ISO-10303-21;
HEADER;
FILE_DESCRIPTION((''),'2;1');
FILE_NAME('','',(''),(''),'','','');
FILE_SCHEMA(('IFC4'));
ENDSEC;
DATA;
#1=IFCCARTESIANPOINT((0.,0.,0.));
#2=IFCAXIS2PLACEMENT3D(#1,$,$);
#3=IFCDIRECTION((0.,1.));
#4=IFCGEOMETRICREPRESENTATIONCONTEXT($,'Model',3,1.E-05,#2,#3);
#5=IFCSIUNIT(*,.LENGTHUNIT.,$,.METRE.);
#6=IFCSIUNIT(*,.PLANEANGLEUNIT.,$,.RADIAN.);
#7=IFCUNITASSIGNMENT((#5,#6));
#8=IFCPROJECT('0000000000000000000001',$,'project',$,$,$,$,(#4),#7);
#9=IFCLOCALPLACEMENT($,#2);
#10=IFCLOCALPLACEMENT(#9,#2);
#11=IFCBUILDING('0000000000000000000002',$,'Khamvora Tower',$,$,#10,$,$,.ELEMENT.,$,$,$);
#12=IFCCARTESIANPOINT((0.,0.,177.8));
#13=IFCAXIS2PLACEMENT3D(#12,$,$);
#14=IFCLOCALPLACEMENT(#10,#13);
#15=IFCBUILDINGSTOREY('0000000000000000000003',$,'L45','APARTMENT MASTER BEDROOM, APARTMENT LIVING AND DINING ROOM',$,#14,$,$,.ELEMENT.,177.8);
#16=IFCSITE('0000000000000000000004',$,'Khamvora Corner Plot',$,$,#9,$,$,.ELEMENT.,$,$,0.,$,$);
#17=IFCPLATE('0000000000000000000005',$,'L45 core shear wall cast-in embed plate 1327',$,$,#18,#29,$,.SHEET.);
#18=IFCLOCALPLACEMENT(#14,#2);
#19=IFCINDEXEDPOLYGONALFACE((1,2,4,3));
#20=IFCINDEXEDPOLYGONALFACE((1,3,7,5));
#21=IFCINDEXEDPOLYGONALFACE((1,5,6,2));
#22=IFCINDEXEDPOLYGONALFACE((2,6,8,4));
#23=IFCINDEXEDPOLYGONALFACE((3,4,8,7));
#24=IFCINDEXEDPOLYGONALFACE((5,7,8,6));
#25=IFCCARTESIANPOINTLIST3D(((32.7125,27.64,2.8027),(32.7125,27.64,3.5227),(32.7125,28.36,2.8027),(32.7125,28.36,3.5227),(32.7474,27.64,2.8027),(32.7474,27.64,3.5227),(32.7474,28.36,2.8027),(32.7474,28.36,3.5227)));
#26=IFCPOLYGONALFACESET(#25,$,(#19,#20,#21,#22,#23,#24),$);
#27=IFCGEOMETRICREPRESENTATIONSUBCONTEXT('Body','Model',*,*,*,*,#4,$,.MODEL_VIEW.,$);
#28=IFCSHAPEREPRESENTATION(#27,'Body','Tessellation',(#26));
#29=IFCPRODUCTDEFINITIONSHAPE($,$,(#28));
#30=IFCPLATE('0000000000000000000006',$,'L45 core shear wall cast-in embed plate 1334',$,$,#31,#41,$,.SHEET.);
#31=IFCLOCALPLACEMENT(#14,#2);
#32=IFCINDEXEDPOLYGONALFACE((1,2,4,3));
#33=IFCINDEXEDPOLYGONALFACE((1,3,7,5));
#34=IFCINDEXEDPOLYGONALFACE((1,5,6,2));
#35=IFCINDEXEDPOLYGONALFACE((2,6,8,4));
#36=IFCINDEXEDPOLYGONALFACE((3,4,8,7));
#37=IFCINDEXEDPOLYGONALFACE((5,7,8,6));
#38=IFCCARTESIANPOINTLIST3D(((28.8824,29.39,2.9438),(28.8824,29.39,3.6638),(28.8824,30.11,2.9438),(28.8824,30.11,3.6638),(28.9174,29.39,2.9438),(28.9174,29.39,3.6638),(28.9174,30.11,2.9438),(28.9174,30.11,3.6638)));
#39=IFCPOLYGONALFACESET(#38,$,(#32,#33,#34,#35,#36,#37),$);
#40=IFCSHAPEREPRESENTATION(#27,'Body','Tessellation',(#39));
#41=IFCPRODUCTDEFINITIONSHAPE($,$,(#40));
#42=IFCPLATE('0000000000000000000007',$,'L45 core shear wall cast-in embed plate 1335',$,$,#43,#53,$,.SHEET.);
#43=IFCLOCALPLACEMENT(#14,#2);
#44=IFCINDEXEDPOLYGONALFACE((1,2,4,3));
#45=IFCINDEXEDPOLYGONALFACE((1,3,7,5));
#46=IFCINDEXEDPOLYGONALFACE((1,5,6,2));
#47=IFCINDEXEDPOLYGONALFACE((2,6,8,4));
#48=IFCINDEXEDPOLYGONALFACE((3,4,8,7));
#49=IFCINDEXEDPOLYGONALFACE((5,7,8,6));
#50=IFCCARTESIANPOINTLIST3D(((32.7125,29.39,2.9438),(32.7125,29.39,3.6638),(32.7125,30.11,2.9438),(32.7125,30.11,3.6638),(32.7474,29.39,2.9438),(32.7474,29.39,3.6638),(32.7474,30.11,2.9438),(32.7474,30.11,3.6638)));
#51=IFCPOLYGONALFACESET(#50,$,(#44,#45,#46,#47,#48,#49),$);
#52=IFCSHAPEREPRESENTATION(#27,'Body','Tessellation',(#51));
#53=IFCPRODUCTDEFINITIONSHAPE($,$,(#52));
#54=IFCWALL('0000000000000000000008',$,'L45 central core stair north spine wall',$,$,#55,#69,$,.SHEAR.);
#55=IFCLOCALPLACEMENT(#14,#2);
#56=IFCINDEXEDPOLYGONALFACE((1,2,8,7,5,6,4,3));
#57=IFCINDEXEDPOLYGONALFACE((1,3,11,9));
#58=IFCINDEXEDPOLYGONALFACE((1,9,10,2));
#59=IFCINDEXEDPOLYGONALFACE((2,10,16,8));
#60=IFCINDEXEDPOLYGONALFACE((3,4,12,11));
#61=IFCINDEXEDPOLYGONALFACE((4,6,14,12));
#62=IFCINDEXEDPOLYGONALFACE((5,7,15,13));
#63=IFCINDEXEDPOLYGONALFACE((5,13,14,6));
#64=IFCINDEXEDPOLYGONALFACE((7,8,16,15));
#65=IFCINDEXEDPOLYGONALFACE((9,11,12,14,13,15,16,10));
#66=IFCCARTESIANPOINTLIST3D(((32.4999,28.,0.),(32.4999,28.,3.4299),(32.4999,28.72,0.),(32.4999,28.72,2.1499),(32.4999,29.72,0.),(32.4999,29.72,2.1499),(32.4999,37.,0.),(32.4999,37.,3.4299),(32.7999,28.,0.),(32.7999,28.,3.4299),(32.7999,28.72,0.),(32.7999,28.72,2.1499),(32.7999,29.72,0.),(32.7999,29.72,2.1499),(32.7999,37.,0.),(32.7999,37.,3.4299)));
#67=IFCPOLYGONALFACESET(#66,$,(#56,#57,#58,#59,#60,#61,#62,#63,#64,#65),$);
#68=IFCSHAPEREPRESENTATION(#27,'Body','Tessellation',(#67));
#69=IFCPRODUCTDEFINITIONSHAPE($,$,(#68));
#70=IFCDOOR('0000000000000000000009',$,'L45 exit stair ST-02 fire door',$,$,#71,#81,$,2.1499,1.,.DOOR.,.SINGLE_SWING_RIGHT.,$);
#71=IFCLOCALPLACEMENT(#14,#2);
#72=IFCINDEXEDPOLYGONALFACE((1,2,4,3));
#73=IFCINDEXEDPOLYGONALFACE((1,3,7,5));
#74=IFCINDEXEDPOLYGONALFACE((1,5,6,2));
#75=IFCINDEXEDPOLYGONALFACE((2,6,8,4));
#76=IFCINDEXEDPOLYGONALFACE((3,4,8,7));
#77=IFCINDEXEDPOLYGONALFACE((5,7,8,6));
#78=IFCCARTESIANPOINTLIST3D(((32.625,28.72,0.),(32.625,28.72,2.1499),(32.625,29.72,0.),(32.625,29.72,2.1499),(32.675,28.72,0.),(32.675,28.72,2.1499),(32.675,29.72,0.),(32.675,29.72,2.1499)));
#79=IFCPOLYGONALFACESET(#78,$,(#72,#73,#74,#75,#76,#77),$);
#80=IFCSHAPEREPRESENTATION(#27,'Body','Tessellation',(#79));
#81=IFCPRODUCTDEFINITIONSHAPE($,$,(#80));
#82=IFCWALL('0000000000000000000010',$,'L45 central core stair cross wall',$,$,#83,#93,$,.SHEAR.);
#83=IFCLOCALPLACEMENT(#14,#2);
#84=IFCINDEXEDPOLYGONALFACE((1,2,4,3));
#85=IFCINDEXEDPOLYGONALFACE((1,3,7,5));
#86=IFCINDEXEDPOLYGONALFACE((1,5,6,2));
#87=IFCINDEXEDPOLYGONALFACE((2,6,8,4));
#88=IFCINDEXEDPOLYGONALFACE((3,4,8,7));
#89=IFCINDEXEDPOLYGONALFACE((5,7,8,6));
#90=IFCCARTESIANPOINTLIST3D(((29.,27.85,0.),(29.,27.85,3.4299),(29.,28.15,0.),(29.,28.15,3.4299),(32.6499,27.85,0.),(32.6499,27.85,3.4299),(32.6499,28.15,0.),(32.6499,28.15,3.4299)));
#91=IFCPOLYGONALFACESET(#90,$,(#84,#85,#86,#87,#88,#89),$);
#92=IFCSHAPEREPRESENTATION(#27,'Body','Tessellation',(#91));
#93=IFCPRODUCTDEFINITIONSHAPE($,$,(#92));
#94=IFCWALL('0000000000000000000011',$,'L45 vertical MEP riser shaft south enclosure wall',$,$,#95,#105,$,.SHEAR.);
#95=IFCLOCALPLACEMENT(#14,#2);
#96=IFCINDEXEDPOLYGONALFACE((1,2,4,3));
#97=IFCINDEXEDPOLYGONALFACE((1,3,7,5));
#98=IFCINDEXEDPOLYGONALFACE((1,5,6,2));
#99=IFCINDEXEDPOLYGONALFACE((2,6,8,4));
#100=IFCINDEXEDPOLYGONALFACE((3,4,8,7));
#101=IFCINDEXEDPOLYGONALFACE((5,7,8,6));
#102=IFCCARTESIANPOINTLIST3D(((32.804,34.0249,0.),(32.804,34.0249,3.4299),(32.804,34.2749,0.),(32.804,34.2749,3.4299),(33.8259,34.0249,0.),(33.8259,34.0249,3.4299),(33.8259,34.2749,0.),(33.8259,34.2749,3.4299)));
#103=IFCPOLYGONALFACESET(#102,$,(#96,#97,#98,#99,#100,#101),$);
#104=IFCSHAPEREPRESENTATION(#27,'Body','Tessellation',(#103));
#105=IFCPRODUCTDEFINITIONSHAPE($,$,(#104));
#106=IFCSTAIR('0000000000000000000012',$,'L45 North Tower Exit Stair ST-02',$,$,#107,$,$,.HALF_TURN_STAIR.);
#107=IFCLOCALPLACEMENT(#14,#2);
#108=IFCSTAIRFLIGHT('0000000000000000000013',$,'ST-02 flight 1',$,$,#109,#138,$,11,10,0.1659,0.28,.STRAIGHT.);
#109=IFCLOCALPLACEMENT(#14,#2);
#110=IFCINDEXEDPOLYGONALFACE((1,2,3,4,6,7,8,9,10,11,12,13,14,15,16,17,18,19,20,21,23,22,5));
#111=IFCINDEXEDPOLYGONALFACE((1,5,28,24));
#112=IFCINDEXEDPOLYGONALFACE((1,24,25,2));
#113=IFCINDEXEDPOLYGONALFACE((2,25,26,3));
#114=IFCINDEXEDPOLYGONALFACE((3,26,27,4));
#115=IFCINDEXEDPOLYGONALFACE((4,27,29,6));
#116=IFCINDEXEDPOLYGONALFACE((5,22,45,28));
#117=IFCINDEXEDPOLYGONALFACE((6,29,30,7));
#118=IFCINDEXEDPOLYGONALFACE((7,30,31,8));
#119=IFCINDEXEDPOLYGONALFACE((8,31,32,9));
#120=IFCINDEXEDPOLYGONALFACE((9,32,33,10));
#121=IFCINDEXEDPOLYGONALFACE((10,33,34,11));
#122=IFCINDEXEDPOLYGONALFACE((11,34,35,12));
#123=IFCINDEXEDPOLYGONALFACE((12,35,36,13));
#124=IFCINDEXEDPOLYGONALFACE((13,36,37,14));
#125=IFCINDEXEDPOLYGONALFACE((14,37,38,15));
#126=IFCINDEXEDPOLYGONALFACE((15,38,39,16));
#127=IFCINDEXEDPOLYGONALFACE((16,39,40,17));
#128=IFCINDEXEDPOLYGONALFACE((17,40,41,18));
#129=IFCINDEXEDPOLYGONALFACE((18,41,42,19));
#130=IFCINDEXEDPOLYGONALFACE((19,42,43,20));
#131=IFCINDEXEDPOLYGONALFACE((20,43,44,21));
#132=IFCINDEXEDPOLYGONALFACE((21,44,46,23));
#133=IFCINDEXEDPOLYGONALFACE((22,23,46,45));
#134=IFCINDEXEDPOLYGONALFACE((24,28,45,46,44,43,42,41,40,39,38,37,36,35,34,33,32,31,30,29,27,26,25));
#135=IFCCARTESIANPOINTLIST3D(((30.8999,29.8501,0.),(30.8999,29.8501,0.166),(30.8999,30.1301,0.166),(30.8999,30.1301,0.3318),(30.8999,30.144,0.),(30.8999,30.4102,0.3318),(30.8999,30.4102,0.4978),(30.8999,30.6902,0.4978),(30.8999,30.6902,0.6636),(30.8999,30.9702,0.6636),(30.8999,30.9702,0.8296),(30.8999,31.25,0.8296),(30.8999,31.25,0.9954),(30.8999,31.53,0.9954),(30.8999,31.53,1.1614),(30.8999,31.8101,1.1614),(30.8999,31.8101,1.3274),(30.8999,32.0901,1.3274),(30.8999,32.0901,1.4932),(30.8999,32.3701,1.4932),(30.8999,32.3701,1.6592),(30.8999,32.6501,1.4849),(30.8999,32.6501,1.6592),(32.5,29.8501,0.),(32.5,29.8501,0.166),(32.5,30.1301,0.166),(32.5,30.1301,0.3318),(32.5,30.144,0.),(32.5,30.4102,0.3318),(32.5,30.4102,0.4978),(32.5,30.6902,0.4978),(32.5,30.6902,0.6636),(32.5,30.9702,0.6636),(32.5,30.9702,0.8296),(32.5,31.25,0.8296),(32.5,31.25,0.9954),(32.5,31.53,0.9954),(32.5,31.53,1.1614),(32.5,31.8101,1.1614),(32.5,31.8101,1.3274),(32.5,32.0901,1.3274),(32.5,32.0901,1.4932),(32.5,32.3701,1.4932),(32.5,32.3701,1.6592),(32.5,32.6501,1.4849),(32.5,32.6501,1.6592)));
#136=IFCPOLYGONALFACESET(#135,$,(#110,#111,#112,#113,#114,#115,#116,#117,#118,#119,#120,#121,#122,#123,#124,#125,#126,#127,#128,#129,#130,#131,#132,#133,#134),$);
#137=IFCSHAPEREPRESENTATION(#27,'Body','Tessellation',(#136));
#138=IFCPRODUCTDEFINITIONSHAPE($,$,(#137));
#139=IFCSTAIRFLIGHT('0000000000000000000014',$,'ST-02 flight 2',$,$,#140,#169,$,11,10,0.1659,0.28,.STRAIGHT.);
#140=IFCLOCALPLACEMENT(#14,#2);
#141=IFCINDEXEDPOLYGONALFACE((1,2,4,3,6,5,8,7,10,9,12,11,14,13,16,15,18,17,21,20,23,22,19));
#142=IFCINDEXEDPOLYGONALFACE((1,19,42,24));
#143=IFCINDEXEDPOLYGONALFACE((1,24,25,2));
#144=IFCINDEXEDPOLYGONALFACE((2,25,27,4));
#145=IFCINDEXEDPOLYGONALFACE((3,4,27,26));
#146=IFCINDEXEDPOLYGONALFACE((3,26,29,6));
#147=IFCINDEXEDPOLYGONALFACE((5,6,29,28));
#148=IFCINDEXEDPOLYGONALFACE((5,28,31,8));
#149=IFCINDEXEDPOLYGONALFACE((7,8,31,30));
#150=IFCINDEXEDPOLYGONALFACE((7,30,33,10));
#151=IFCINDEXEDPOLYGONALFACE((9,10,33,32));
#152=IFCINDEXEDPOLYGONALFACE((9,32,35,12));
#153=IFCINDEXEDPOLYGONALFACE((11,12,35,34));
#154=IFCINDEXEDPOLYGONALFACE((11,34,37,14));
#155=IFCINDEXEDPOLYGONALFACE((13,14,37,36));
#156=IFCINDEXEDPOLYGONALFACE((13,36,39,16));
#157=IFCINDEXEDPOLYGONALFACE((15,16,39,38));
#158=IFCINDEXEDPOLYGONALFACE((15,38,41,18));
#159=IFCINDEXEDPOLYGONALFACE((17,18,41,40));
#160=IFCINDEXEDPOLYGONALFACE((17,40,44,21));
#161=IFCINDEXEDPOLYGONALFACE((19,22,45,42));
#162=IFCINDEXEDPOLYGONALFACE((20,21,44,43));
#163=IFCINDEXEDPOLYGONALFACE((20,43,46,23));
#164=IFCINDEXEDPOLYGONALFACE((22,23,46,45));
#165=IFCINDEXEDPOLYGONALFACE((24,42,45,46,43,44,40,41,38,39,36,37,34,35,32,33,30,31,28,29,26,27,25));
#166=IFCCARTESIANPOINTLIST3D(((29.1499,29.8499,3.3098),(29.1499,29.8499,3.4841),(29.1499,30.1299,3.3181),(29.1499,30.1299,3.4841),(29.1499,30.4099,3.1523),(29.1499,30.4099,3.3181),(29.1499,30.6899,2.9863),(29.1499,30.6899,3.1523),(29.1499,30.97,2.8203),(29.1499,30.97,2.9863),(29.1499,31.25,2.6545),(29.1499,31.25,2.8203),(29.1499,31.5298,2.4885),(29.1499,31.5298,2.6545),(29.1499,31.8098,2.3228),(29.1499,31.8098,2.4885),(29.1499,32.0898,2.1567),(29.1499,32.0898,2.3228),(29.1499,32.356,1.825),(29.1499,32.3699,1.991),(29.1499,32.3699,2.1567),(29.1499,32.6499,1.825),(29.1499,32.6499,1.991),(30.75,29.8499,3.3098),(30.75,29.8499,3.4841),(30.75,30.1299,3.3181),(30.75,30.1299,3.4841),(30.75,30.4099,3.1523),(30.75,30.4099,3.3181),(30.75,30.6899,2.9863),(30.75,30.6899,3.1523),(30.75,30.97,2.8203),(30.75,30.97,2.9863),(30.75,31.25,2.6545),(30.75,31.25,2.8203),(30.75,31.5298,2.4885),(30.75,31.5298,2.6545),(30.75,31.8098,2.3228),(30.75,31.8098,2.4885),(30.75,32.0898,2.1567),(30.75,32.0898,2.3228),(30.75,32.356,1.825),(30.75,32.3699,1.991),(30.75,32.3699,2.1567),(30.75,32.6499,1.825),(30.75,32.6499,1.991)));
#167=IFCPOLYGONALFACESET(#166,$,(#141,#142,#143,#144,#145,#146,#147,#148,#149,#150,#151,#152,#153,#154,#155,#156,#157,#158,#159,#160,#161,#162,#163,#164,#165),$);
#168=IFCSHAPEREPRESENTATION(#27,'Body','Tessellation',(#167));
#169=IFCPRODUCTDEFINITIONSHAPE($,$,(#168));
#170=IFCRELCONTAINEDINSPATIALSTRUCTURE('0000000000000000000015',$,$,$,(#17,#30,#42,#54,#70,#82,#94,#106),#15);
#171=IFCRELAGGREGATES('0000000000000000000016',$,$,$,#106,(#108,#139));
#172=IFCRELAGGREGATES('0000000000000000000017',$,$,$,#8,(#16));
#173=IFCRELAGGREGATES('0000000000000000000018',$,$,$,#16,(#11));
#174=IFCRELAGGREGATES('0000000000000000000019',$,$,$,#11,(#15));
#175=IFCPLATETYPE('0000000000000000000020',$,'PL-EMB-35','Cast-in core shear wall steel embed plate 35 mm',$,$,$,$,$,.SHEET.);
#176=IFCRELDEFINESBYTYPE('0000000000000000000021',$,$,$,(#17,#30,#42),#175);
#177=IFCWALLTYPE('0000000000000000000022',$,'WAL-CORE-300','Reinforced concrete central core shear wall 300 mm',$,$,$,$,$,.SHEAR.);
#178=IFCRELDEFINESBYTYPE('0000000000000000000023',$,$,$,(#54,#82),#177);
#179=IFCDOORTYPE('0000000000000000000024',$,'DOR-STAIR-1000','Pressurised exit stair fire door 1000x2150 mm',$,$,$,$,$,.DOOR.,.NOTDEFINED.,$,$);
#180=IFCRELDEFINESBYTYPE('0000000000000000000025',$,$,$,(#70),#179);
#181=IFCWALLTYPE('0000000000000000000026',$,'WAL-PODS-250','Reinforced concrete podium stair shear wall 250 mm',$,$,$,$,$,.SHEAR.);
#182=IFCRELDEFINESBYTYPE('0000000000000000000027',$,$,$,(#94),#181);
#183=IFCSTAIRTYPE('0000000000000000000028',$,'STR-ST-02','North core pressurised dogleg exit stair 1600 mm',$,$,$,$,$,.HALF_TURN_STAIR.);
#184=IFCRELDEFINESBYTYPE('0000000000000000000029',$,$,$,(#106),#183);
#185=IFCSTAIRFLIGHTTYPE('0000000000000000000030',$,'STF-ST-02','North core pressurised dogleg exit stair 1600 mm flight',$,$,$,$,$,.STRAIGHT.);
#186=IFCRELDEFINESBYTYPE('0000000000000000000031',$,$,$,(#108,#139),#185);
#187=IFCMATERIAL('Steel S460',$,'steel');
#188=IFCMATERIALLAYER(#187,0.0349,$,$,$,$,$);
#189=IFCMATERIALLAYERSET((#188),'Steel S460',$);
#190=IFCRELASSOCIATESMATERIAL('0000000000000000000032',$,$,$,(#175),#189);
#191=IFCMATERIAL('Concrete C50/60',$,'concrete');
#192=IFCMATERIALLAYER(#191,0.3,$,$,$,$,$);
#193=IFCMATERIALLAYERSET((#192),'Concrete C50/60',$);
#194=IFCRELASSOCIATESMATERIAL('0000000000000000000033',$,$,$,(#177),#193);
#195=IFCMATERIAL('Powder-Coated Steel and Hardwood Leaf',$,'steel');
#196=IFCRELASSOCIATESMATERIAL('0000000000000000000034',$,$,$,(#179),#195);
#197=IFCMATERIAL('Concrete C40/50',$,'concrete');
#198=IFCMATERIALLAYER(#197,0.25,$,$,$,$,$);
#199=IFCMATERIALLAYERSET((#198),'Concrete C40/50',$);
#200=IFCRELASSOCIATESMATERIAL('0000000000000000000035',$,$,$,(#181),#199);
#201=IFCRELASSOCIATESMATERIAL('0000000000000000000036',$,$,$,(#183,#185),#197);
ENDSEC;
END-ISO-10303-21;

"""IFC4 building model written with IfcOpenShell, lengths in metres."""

from ifc_helpers import new_model, si_unit, direction, frame, frame_2d, origin, origin_2d, place, context, subcontext, project, spatial, polyline, rectangle, outline, extrude, material, layer, layer_set, type_object, element, fill, aggregate, save


model = new_model("IFC4")

# Units and contexts
model_context = context("Model", 3, precision=1e-05, world=origin(), true_north=direction((0.0, 1.0)))
body_context = subcontext(model_context, "Body", "Model", "MODEL_VIEW")
ifc_project = project(units=[si_unit("LENGTHUNIT", "METRE"), si_unit("PLANEANGLEUNIT", "RADIAN")], contexts=[model_context])

# Site, building, storey
site_placement = place(None, origin())
site = spatial("IfcSite", under=ifc_project, at=site_placement, Name="Khamvora Corner Plot", CompositionType="ELEMENT", RefElevation=0.0)
building_placement = place(site_placement, origin())
building = spatial("IfcBuilding", under=site, at=building_placement, Name="Khamvora Tower", CompositionType="ELEMENT")
storey_placement = place(building_placement, frame((0.0, 0.0, 177.8)))
storey = spatial("IfcBuildingStorey", under=building, at=storey_placement, Name="L45", Description="APARTMENT MASTER BEDROOM, APARTMENT LIVING AND DINING ROOM", CompositionType="ELEMENT", Elevation=177.8)

# Shared definitions
ifc_material_1 = material(Name="Steel S460", Category="steel")

# Plates
ifc_layer_1 = layer(ifc_material_1, 0.0349)
ifc_layer_set_1 = layer_set([ifc_layer_1], Name="Steel S460")
plate_type = type_object("IfcPlateType", Name="PL-EMB-35", Description="Cast-in core shear wall steel embed plate 35 mm", PredefinedType="SHEET", material=ifc_layer_set_1)
for number, where, z_axis, x_axis, name in (
    (1, (32.73, 28.0, 2.8027), (0.0, 0.0, 1.0), (1.0, 0.0, 0.0), "L45 core shear wall cast-in embed plate 1327"),
    (2, (28.8999, 29.75, 2.9438), (0.0, 0.0, 1.0), (1.0, 0.0, 0.0), "L45 core shear wall cast-in embed plate 1334"),
    (3, (32.73, 29.75, 2.9438), (0.0, 0.0, 1.0), (1.0, 0.0, 0.0), "L45 core shear wall cast-in embed plate 1335"),
):
    element("IfcPlate", number, at=place(storey_placement, frame(where, z_axis=z_axis, x_axis=x_axis)), inside=storey, type_object=plate_type, Name=name, PredefinedType="SHEET", context=body_context, shape_type="SweptSolid", body=[
        extrude(rectangle(XDim=0.0349, YDim=0.72, at=origin_2d()), origin(), (0.0, 0.0, 1.0), 0.72),
    ])

# Wall, opening, door
ifc_material_2 = material(Name="Concrete C50/60", Category="concrete")
ifc_layer_2 = layer(ifc_material_2, 0.3)
ifc_layer_set_2 = layer_set([ifc_layer_2], Name="Concrete C50/60")
wall_type_1 = type_object("IfcWallType", Name="WAL-CORE-300", Description="Reinforced concrete central core shear wall 300 mm", PredefinedType="SHEAR", material=ifc_layer_set_2)
wall_1_placement = place(storey_placement, frame((32.6499, 28.0, 0.0), z_axis=(0.0, 0.0, 1.0), x_axis=(0.0, 1.0, 0.0)))
wall_1 = element("IfcWall", 4, at=wall_1_placement, inside=storey, type_object=wall_type_1, Name="L45 central core stair north spine wall", PredefinedType="SHEAR", context=body_context, shape_type="SweptSolid", body=[
    extrude(rectangle(XDim=9.0, YDim=0.3, at=frame_2d((4.5, 0.0))), origin(), (0.0, 0.0, 1.0), 3.4299),
])
opening_placement = place(wall_1_placement, frame((0.72, 0.0, 0.0)))
opening = element("IfcOpeningElement", 5, at=opening_placement, cuts=wall_1, PredefinedType="OPENING", context=body_context, shape_type="SweptSolid", body=[
    extrude(rectangle(XDim=1.0, YDim=2.1499, at=frame_2d((0.5, 1.075))), frame((0.0, 0.1599, 0.0), z_axis=(0.0, -1.0, 0.0), x_axis=(1.0, 0.0, 0.0)), (0.0, 0.0, 1.0), 0.3201),
])
ifc_material_3 = material(Name="Powder-Coated Steel and Hardwood Leaf", Category="steel")
door_type = type_object("IfcDoorType", Name="DOR-STAIR-1000", Description="Pressurised exit stair fire door 1000x2150 mm", OperationType="NOTDEFINED", PredefinedType="DOOR", material=ifc_material_3)
door_placement = place(opening_placement, origin())
door = element("IfcDoor", 6, at=door_placement, inside=storey, type_object=door_type, Name="L45 exit stair ST-02 fire door", OperationType="SINGLE_SWING_RIGHT", OverallHeight=2.1499, OverallWidth=1.0, PredefinedType="DOOR", context=body_context, shape_type="SweptSolid", body=[
    extrude(rectangle(XDim=1.0, YDim=2.1499, at=frame_2d((0.5, 1.075))), frame((0.0, 0.0249, 0.0), z_axis=(0.0, -1.0, 0.0), x_axis=(1.0, 0.0, 0.0)), (0.0, 0.0, 1.0), 0.05),
])
fill(opening, door)

# Walls
wall_2_placement = place(storey_placement, frame((29.0, 28.0, 0.0), z_axis=(0.0, 0.0, 1.0), x_axis=(1.0, 0.0, 0.0)))
element("IfcWall", 7, at=wall_2_placement, inside=storey, type_object=wall_type_1, Name="L45 central core stair cross wall", PredefinedType="SHEAR", context=body_context, shape_type="SweptSolid", body=[
    extrude(rectangle(XDim=3.6499, YDim=0.3, at=frame_2d((1.825, 0.0))), origin(), (0.0, 0.0, 1.0), 3.4299),
])
ifc_material_4 = material(Name="Concrete C40/50", Category="concrete")
ifc_layer_3 = layer(ifc_material_4, 0.25)
ifc_layer_set_3 = layer_set([ifc_layer_3], Name="Concrete C40/50")
wall_type_2 = type_object("IfcWallType", Name="WAL-PODS-250", Description="Reinforced concrete podium stair shear wall 250 mm", PredefinedType="SHEAR", material=ifc_layer_set_3)
wall_3_placement = place(storey_placement, frame((32.804, 34.1499, 0.0), z_axis=(0.0, 0.0, 1.0), x_axis=(1.0, 0.0, 0.0)))
element("IfcWall", 8, at=wall_3_placement, inside=storey, type_object=wall_type_2, Name="L45 vertical MEP riser shaft south enclosure wall", PredefinedType="SHEAR", context=body_context, shape_type="SweptSolid", body=[
    extrude(rectangle(XDim=1.022, YDim=0.25, at=frame_2d((0.511, 0.0))), origin(), (0.0, 0.0, 1.0), 3.4299),
])

# Stair, stair flights
stair_type = type_object("IfcStairType", Name="STR-ST-02", Description="North core pressurised dogleg exit stair 1600 mm", PredefinedType="HALF_TURN_STAIR", material=ifc_material_4)
stair_placement = place(storey_placement, origin())
stair = element("IfcStair", 9, at=stair_placement, inside=storey, type_object=stair_type, Name="L45 North Tower Exit Stair ST-02", PredefinedType="HALF_TURN_STAIR")
stair_flight_type = type_object("IfcStairFlightType", Name="STF-ST-02", Description="North core pressurised dogleg exit stair 1600 mm flight", PredefinedType="STRAIGHT", material=ifc_material_4)
stair_flight_1_placement = place(storey_placement, frame((31.7, 29.8501, 0.0), z_axis=(0.0, 0.0, 1.0), x_axis=(0.0, 1.0, 0.0)))
stair_flight_1 = element("IfcStairFlight", 10, at=stair_flight_1_placement, type_object=stair_flight_type, Name="ST-02 flight 1", NumberOfRisers=11, NumberOfTreads=10, PredefinedType="STRAIGHT", RiserHeight=0.1659, TreadLength=0.28, context=body_context, shape_type="SweptSolid", body=[
    extrude(outline(polyline([(0.0, 0.0), (0.0, 0.166), (0.28, 0.166), (0.28, 0.3318), (0.5601, 0.3318), (0.5601, 0.4978), (0.8401, 0.4978), (0.8401, 0.6636), (1.1201, 0.6636), (1.1201, 0.8296), (1.3999, 0.8296), (1.3999, 0.9954), (1.6799, 0.9954), (1.6799, 1.1614), (1.96, 1.1614), (1.96, 1.3274), (2.24, 1.3274), (2.24, 1.4932), (2.52, 1.4932), (2.52, 1.6592), (2.8, 1.6592), (2.8, 1.825), (2.8, 1.4849), (0.2939, 0.0), (0.0, 0.0)])), frame((0.0, 0.8, 0.0), z_axis=(0.0, -1.0, 0.0), x_axis=(1.0, 0.0, 0.0)), (0.0, 0.0, 1.0), 1.6001),
])
stair_flight_2_placement = place(storey_placement, frame((29.95, 32.6499, 1.825), z_axis=(0.0, 0.0, 1.0), x_axis=(0.0, -1.0, 0.0)))
stair_flight_2 = element("IfcStairFlight", 11, at=stair_flight_2_placement, type_object=stair_flight_type, Name="ST-02 flight 2", NumberOfRisers=11, NumberOfTreads=10, PredefinedType="STRAIGHT", RiserHeight=0.1659, TreadLength=0.28, context=body_context, shape_type="SweptSolid", body=[
    extrude(outline(polyline([(0.0, 0.0), (0.0, 0.166), (0.28, 0.166), (0.28, 0.3318), (0.5601, 0.3318), (0.5601, 0.4978), (0.8401, 0.4978), (0.8401, 0.6636), (1.1201, 0.6636), (1.1201, 0.8296), (1.3999, 0.8296), (1.3999, 0.9954), (1.6799, 0.9954), (1.6799, 1.1614), (1.96, 1.1614), (1.96, 1.3274), (2.24, 1.3274), (2.24, 1.4932), (2.52, 1.4932), (2.52, 1.6592), (2.8, 1.6592), (2.8, 1.825), (2.8, 1.4849), (0.2939, 0.0), (0.0, 0.0)])), frame((0.0, 0.8, 0.0), z_axis=(0.0, -1.0, 0.0), x_axis=(1.0, 0.0, 0.0)), (0.0, 0.0, 1.0), 1.6001),
])
aggregate(stair, [stair_flight_1, stair_flight_2])

save(model, "model.ifc")
